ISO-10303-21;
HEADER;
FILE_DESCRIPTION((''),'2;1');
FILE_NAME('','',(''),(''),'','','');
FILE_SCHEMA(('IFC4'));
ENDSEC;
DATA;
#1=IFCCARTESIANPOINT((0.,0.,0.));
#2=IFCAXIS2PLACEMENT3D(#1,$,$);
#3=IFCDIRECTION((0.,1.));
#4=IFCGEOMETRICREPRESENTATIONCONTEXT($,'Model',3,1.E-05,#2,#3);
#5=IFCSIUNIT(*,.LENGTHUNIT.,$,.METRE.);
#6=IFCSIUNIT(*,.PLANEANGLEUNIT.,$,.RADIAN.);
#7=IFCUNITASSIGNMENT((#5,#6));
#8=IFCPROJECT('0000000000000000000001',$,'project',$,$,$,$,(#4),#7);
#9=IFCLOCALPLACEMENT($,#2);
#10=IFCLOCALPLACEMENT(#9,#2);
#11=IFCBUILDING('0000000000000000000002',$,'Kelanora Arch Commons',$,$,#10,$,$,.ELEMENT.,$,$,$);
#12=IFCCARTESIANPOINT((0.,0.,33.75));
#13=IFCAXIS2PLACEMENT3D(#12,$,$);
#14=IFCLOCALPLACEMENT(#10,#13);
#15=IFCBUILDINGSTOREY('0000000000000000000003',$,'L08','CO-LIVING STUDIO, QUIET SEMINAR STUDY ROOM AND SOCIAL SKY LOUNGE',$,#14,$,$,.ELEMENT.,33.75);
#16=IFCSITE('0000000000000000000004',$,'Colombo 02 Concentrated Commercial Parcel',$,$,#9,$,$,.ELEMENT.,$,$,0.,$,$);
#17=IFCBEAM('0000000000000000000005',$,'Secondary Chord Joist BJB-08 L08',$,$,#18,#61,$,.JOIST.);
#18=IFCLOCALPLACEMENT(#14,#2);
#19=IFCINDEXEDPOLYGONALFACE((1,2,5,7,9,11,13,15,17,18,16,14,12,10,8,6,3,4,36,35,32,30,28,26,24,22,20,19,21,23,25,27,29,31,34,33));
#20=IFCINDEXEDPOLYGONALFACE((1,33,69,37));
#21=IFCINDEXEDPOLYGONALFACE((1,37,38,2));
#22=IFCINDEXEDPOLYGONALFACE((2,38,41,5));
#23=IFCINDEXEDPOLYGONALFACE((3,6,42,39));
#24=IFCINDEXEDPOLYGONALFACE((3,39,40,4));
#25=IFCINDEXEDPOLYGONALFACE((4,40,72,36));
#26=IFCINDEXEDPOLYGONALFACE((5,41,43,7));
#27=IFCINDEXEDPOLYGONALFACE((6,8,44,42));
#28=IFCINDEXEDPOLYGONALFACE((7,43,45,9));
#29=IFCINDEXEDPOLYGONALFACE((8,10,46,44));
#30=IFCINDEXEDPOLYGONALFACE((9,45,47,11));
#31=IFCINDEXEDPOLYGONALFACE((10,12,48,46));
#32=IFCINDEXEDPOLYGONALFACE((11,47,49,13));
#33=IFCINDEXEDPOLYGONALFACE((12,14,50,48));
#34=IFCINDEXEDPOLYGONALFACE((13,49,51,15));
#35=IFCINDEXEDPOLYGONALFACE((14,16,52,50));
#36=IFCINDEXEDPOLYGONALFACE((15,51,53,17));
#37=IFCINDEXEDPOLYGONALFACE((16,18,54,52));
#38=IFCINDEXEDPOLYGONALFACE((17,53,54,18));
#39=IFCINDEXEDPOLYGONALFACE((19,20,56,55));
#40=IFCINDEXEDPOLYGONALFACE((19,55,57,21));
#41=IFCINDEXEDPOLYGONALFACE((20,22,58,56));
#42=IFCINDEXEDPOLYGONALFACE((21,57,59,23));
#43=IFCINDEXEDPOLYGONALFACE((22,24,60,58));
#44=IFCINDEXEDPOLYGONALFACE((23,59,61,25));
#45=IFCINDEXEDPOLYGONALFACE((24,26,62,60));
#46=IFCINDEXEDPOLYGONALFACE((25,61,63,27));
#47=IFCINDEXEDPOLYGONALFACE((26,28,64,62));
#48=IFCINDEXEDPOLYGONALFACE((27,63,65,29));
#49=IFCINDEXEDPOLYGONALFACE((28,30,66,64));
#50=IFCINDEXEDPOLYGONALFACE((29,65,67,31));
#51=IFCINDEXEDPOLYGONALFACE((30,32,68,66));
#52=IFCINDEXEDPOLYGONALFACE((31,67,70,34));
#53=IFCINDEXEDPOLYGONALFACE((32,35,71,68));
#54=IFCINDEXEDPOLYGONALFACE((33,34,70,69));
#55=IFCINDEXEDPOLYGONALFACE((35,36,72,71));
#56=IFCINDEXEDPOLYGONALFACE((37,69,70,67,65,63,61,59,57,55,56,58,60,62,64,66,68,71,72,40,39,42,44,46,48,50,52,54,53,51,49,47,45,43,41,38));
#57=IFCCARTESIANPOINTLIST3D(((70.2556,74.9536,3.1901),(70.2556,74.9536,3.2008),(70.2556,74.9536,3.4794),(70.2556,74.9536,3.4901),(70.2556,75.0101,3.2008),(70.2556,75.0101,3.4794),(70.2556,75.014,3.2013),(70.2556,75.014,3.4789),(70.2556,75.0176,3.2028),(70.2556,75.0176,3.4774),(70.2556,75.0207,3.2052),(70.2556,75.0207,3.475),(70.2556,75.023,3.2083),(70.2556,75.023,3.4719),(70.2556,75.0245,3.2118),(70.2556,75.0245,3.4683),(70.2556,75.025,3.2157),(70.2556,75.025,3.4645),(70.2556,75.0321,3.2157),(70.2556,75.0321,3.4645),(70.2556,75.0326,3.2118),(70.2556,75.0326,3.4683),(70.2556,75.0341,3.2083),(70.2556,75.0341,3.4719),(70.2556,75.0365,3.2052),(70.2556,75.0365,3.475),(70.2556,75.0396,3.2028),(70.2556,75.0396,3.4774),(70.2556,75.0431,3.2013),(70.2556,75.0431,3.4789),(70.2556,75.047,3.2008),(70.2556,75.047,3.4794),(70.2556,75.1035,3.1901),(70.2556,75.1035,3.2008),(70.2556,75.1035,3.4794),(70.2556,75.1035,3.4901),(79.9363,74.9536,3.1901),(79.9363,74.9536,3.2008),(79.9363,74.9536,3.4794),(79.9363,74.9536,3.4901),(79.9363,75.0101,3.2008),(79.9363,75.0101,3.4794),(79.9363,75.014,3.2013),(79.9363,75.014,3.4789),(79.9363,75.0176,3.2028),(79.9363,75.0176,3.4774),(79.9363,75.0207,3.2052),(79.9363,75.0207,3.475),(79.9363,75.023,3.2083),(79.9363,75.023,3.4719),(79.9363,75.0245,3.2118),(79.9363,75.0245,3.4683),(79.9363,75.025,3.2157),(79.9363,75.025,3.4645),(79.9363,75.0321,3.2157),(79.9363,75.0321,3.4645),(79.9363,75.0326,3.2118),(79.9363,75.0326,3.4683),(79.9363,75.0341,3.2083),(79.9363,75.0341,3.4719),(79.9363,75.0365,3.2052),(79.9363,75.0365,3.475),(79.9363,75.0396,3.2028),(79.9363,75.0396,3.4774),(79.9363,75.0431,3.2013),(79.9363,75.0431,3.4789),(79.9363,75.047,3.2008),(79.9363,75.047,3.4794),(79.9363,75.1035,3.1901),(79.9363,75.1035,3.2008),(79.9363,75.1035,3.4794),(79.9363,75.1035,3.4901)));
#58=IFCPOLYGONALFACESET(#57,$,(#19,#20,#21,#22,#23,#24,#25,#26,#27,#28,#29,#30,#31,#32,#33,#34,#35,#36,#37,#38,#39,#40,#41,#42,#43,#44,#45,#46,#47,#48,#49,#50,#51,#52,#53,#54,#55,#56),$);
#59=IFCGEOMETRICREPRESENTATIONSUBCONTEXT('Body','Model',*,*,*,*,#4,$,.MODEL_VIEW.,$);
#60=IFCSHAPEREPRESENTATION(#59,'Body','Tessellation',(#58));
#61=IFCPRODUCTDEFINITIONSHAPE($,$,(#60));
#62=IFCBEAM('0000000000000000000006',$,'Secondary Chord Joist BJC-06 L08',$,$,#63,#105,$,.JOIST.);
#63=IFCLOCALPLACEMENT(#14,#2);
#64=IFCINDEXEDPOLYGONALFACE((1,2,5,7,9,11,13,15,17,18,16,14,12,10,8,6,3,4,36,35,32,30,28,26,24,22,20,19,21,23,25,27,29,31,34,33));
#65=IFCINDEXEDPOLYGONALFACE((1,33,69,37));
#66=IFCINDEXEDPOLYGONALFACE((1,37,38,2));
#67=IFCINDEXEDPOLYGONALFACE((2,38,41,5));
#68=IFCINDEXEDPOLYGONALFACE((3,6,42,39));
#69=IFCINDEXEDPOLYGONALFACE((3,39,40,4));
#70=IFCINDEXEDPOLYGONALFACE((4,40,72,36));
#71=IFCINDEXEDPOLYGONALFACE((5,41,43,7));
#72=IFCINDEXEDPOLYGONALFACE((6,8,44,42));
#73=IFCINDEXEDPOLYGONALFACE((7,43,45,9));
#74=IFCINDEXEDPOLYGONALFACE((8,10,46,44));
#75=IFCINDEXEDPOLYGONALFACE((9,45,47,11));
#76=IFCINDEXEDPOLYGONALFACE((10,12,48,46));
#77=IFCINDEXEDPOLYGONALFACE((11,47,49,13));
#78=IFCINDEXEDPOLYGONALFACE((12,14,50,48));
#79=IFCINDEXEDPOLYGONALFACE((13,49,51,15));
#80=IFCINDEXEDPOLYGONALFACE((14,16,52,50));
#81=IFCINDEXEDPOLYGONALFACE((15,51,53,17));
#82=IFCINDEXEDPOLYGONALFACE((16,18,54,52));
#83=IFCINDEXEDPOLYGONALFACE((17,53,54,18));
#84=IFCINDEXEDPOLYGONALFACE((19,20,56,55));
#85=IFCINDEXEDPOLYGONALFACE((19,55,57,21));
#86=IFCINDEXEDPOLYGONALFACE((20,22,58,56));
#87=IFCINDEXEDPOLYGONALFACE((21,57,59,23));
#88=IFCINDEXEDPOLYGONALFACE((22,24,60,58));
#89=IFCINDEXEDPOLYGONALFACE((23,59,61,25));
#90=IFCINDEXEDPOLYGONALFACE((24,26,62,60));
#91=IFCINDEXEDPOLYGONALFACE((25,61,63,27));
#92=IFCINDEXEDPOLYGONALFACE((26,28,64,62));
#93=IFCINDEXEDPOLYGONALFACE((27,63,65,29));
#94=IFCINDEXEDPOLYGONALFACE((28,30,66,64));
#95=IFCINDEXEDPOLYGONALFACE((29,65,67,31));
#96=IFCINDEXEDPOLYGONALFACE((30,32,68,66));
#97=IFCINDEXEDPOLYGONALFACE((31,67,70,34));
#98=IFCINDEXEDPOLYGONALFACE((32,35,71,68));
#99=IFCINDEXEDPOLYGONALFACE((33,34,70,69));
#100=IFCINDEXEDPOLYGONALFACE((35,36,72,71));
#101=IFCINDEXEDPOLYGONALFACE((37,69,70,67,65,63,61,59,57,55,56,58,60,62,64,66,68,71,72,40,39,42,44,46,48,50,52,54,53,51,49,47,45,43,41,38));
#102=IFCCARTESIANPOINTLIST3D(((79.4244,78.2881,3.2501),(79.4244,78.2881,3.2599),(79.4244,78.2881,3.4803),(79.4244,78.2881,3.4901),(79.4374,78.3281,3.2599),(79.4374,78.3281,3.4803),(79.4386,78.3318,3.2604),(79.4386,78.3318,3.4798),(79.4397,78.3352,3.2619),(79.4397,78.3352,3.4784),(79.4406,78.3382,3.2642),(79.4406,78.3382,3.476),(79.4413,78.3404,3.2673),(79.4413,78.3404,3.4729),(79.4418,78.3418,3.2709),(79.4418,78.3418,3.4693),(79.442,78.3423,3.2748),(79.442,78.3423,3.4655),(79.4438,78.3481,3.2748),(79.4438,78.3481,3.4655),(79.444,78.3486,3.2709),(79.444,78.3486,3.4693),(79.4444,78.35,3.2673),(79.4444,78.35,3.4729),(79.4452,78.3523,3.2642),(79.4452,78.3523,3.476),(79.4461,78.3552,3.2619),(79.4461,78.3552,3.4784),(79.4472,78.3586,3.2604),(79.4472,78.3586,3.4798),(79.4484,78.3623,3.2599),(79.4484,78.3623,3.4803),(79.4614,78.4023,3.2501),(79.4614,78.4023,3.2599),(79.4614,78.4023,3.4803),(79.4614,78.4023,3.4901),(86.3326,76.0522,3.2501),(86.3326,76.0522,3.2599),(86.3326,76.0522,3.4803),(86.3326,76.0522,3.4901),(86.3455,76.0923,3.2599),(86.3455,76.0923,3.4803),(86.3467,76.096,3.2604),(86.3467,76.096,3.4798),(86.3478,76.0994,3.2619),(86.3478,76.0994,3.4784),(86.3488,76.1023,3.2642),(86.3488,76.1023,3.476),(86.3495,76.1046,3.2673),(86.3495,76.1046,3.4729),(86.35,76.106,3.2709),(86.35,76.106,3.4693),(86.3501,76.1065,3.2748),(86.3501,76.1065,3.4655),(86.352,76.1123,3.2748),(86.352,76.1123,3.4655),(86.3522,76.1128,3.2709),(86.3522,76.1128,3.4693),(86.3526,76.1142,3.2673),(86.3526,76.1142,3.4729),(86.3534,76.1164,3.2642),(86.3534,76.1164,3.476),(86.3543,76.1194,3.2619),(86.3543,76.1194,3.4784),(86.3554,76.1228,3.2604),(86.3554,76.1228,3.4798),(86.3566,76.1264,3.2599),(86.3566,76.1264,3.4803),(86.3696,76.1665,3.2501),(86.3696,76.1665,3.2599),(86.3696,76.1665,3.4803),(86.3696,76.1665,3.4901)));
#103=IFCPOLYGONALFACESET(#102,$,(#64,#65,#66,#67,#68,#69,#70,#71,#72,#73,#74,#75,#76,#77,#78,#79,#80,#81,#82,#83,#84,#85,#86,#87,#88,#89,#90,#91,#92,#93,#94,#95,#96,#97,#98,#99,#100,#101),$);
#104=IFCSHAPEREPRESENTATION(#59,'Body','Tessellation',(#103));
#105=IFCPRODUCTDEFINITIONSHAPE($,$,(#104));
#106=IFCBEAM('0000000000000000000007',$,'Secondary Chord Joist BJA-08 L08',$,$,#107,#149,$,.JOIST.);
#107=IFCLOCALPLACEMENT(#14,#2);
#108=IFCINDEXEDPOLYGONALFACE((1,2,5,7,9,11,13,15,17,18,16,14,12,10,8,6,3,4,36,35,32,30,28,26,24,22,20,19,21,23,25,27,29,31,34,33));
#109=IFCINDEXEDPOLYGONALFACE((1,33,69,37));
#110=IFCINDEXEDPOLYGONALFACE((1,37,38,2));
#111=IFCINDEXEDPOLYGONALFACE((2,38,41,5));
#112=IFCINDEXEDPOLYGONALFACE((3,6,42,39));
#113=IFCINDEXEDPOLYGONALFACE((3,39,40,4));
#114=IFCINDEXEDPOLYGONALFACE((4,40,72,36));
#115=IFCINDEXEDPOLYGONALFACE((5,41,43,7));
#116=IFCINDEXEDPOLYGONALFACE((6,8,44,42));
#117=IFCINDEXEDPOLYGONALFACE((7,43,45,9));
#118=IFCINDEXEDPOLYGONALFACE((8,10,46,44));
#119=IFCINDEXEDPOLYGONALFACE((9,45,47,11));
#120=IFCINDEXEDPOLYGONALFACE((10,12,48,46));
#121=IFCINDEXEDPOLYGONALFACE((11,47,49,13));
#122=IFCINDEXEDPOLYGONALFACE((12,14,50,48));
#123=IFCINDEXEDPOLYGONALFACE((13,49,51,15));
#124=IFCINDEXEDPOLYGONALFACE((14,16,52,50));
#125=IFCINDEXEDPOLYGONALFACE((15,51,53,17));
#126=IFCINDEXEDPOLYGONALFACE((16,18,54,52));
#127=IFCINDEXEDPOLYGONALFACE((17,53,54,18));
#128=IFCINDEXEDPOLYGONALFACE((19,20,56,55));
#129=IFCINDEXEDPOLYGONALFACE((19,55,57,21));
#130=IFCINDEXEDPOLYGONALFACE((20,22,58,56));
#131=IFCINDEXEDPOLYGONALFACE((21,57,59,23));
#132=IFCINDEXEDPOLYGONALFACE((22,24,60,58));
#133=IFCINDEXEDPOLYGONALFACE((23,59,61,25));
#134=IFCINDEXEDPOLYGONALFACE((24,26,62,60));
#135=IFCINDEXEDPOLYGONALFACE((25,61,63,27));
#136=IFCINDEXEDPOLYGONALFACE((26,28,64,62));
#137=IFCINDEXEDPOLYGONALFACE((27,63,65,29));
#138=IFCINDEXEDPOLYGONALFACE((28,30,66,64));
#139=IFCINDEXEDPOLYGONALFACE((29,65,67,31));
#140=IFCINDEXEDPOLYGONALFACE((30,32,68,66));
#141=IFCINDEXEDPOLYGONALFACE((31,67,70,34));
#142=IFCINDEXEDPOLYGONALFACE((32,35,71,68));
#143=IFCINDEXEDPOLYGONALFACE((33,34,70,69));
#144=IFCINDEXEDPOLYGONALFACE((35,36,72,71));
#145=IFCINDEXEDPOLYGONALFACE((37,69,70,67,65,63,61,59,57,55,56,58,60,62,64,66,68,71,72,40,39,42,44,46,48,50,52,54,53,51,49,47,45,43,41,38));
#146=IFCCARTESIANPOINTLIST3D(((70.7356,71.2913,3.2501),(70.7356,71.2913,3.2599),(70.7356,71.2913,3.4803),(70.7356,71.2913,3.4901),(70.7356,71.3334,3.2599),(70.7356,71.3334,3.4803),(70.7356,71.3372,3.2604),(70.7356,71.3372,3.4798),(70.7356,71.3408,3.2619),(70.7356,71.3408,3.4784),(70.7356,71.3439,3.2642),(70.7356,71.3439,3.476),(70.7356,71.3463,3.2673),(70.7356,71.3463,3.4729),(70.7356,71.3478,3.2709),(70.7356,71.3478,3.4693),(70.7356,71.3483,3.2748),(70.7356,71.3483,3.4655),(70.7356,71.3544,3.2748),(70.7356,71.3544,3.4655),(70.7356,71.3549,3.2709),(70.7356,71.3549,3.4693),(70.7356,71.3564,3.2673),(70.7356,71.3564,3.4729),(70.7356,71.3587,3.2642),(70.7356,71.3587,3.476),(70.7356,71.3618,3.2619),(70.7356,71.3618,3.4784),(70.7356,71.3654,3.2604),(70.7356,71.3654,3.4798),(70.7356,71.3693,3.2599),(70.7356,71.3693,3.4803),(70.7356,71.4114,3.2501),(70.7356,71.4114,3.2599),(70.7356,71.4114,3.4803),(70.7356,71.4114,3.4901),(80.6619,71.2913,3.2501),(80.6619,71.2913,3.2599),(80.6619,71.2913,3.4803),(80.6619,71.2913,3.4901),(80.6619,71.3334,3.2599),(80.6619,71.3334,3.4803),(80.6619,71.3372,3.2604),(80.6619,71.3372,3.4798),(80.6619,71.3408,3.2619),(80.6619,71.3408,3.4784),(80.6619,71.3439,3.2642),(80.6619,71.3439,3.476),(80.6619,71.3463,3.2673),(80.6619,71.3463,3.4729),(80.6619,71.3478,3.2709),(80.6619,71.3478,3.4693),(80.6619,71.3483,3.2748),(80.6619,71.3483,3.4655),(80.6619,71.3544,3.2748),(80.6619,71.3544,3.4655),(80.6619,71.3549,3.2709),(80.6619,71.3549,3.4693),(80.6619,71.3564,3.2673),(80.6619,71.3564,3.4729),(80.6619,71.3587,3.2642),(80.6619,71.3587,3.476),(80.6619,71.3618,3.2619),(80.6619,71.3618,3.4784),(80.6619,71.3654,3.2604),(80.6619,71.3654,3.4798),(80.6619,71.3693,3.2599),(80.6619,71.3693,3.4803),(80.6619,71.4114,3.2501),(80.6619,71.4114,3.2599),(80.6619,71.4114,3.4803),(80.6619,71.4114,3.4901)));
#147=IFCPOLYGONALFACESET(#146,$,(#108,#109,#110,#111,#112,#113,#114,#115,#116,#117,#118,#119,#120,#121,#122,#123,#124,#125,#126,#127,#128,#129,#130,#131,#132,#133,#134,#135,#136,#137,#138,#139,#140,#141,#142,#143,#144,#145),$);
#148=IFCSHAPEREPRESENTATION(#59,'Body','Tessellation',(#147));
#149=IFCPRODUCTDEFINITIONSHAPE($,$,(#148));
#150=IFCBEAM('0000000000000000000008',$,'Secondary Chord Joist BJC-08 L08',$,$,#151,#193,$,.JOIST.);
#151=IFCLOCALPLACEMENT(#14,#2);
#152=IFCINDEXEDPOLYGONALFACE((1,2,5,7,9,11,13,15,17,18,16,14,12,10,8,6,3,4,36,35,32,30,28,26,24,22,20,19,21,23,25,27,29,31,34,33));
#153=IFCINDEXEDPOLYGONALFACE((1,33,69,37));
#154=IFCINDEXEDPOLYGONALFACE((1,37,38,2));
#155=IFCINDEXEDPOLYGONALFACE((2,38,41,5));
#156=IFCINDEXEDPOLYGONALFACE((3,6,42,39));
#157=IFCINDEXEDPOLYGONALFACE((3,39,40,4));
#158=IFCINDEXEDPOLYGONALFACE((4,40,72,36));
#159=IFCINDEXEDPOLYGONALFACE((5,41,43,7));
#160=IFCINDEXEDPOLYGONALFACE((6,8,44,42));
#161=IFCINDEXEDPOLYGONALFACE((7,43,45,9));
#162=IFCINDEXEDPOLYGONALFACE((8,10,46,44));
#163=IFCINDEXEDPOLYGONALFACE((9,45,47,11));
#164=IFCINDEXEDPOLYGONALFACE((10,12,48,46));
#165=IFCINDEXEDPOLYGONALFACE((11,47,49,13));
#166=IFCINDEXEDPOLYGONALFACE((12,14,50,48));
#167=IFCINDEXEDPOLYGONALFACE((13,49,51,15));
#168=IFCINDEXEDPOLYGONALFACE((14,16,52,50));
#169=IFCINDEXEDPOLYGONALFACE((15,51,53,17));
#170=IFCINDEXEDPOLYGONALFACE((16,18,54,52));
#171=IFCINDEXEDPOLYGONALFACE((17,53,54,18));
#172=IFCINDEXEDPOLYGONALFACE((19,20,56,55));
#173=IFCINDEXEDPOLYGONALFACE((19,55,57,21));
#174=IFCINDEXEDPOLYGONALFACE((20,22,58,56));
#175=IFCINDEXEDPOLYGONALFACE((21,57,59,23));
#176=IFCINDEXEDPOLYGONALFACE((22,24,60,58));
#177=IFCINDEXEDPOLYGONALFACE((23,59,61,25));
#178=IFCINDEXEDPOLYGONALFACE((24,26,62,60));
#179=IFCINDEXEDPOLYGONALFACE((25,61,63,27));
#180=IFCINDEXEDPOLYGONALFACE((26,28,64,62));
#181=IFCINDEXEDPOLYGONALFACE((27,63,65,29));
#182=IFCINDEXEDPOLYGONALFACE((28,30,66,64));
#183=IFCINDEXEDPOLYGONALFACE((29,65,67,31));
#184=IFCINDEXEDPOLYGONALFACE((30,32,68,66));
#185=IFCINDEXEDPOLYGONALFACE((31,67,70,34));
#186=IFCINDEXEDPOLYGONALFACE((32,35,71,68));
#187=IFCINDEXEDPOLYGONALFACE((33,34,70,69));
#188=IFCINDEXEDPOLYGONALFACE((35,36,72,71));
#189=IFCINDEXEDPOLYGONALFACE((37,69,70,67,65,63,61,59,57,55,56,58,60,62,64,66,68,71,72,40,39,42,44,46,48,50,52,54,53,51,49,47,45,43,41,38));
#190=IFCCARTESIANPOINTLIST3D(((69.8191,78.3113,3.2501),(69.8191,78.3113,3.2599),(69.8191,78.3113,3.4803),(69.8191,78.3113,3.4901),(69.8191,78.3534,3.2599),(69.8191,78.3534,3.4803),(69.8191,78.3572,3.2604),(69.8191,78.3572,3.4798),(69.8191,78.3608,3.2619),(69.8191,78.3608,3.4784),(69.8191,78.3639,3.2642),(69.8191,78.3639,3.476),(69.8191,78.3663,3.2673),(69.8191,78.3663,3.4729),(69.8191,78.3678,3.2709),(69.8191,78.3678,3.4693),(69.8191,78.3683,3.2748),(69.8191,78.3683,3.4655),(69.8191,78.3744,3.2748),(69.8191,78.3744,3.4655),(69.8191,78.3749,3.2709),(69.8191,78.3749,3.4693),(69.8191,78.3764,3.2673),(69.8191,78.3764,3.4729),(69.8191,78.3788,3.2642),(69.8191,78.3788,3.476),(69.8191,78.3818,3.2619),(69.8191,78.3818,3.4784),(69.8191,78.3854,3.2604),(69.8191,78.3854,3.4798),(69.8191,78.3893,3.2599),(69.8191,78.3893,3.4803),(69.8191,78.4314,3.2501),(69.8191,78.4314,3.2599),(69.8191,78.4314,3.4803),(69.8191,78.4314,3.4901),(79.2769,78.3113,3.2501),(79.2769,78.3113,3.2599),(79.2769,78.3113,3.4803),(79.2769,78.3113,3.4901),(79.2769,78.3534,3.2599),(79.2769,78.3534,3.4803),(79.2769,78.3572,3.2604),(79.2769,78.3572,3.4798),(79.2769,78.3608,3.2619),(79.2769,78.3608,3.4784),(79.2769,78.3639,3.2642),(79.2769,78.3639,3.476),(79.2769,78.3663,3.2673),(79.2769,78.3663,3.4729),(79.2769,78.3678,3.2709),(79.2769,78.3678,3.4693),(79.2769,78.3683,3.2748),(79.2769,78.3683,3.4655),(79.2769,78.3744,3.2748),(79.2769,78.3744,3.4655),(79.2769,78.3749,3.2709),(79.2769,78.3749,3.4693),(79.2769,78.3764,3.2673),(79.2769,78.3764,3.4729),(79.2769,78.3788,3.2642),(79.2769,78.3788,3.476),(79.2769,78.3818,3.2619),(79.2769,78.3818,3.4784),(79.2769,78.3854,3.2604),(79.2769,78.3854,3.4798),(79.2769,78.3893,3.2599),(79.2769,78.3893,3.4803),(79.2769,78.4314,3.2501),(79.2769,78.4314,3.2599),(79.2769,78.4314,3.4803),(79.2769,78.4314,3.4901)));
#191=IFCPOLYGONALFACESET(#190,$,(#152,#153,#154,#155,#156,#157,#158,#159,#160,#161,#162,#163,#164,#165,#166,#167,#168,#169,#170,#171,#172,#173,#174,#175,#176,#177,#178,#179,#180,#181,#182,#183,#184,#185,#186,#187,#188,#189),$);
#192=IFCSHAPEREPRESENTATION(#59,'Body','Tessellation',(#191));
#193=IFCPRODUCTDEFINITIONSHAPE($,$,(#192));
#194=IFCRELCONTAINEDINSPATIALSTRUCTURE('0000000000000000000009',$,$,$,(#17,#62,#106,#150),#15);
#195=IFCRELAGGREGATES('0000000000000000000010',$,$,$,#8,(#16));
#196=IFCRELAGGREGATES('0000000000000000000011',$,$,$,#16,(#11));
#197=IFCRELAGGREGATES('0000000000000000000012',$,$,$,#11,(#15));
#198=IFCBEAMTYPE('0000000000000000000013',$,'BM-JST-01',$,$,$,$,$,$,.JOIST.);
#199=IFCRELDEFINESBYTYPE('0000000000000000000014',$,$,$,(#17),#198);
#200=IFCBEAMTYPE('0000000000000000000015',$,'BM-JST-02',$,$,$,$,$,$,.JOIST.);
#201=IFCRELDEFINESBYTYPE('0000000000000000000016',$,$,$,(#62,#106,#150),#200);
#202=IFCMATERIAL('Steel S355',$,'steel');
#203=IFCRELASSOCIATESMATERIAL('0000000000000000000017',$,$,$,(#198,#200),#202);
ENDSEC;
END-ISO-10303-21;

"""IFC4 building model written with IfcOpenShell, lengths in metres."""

from ifc_helpers import new_model, si_unit, direction, frame, origin, origin_2d, place, context, subcontext, project, spatial, i_section, extrude, material, material_profile, profile_set, type_object, element, save


model = new_model("IFC4")

# Units and contexts
model_context = context("Model", 3, precision=1e-05, world=origin(), true_north=direction((0.0, 1.0)))
body_context = subcontext(model_context, "Body", "Model", "MODEL_VIEW")
ifc_project = project(units=[si_unit("LENGTHUNIT", "METRE"), si_unit("PLANEANGLEUNIT", "RADIAN")], contexts=[model_context])

# Site, building, storey
site_placement = place(None, origin())
site = spatial("IfcSite", under=ifc_project, at=site_placement, Name="Colombo 02 Concentrated Commercial Parcel", CompositionType="ELEMENT", RefElevation=0.0)
building_placement = place(site_placement, origin())
building = spatial("IfcBuilding", under=site, at=building_placement, Name="Kelanora Arch Commons", CompositionType="ELEMENT")
storey_placement = place(building_placement, frame((0.0, 0.0, 33.75)))
storey = spatial("IfcBuildingStorey", under=building, at=storey_placement, Name="L08", Description="CO-LIVING STUDIO, QUIET SEMINAR STUDY ROOM AND SOCIAL SKY LOUNGE", CompositionType="ELEMENT", Elevation=33.75)

# Beams
ifc_material_1 = material(Name="Steel S355", Category="steel")
ifc_material_profile_1 = material_profile(ifc_material_1, i_section(OverallWidth=0.1499, OverallDepth=0.3, WebThickness=0.0071, FlangeThickness=0.0107, FilletRadius=0.0149, at=origin_2d()), Name="IPE300")
ifc_profile_set_1 = profile_set([ifc_material_profile_1], Name="Steel S355")
beam_type_1 = type_object("IfcBeamType", Name="BM-JST-01", PredefinedType="JOIST", material=ifc_profile_set_1)
beam_1_placement = place(storey_placement, frame((79.9363, 75.0286, 3.3401), z_axis=(-1.0, 0.0, 0.0), x_axis=(0.0, -1.0, 0.0)))
element("IfcBeam", 1, at=beam_1_placement, inside=storey, type_object=beam_type_1, Name="Secondary Chord Joist BJB-08 L08", PredefinedType="JOIST", context=body_context, shape_type="SweptSolid", body=[
    extrude(i_section(OverallWidth=0.1499, OverallDepth=0.3, WebThickness=0.0071, FlangeThickness=0.0107, FilletRadius=0.0149, at=origin_2d()), origin(), (0.0, 0.0, 1.0), 9.6807),
])
ifc_material_profile_2 = material_profile(ifc_material_1, i_section(OverallWidth=0.1201, OverallDepth=0.24, WebThickness=0.0061, FlangeThickness=0.0098, FilletRadius=0.0149, at=origin_2d()), Name="IPE240")
ifc_profile_set_2 = profile_set([ifc_material_profile_2], Name="Steel S355")
beam_type_2 = type_object("IfcBeamType", Name="BM-JST-02", PredefinedType="JOIST", material=ifc_profile_set_2)
beam_2_placement = place(storey_placement, frame((86.3511, 76.1094, 3.3701), z_axis=(-0.951411, 0.307924, 0.0), x_axis=(-0.307924, -0.951411, 0.0)))
element("IfcBeam", 2, at=beam_2_placement, inside=storey, type_object=beam_type_2, Name="Secondary Chord Joist BJC-06 L08", PredefinedType="JOIST", context=body_context, shape_type="SweptSolid", body=[
    extrude(i_section(OverallWidth=0.1201, OverallDepth=0.24, WebThickness=0.0061, FlangeThickness=0.0098, FilletRadius=0.0149, at=origin_2d()), origin(), (0.0, 0.0, 1.0), 7.261),
])
beam_3_placement = place(storey_placement, frame((80.6619, 71.3513, 3.3701), z_axis=(-1.0, 0.0, 0.0), x_axis=(0.0, -1.0, 0.0)))
element("IfcBeam", 3, at=beam_3_placement, inside=storey, type_object=beam_type_2, Name="Secondary Chord Joist BJA-08 L08", PredefinedType="JOIST", context=body_context, shape_type="SweptSolid", body=[
    extrude(i_section(OverallWidth=0.1201, OverallDepth=0.24, WebThickness=0.0061, FlangeThickness=0.0098, FilletRadius=0.0149, at=origin_2d()), origin(), (0.0, 0.0, 1.0), 9.9263),
])
beam_4_placement = place(storey_placement, frame((79.2769, 78.3713, 3.3701), z_axis=(-1.0, 0.0, 0.0), x_axis=(0.0, -1.0, 0.0)))
element("IfcBeam", 4, at=beam_4_placement, inside=storey, type_object=beam_type_2, Name="Secondary Chord Joist BJC-08 L08", PredefinedType="JOIST", context=body_context, shape_type="SweptSolid", body=[
    extrude(i_section(OverallWidth=0.1201, OverallDepth=0.24, WebThickness=0.0061, FlangeThickness=0.0098, FilletRadius=0.0149, at=origin_2d()), origin(), (0.0, 0.0, 1.0), 9.4578),
])

save(model, "model.ifc")
